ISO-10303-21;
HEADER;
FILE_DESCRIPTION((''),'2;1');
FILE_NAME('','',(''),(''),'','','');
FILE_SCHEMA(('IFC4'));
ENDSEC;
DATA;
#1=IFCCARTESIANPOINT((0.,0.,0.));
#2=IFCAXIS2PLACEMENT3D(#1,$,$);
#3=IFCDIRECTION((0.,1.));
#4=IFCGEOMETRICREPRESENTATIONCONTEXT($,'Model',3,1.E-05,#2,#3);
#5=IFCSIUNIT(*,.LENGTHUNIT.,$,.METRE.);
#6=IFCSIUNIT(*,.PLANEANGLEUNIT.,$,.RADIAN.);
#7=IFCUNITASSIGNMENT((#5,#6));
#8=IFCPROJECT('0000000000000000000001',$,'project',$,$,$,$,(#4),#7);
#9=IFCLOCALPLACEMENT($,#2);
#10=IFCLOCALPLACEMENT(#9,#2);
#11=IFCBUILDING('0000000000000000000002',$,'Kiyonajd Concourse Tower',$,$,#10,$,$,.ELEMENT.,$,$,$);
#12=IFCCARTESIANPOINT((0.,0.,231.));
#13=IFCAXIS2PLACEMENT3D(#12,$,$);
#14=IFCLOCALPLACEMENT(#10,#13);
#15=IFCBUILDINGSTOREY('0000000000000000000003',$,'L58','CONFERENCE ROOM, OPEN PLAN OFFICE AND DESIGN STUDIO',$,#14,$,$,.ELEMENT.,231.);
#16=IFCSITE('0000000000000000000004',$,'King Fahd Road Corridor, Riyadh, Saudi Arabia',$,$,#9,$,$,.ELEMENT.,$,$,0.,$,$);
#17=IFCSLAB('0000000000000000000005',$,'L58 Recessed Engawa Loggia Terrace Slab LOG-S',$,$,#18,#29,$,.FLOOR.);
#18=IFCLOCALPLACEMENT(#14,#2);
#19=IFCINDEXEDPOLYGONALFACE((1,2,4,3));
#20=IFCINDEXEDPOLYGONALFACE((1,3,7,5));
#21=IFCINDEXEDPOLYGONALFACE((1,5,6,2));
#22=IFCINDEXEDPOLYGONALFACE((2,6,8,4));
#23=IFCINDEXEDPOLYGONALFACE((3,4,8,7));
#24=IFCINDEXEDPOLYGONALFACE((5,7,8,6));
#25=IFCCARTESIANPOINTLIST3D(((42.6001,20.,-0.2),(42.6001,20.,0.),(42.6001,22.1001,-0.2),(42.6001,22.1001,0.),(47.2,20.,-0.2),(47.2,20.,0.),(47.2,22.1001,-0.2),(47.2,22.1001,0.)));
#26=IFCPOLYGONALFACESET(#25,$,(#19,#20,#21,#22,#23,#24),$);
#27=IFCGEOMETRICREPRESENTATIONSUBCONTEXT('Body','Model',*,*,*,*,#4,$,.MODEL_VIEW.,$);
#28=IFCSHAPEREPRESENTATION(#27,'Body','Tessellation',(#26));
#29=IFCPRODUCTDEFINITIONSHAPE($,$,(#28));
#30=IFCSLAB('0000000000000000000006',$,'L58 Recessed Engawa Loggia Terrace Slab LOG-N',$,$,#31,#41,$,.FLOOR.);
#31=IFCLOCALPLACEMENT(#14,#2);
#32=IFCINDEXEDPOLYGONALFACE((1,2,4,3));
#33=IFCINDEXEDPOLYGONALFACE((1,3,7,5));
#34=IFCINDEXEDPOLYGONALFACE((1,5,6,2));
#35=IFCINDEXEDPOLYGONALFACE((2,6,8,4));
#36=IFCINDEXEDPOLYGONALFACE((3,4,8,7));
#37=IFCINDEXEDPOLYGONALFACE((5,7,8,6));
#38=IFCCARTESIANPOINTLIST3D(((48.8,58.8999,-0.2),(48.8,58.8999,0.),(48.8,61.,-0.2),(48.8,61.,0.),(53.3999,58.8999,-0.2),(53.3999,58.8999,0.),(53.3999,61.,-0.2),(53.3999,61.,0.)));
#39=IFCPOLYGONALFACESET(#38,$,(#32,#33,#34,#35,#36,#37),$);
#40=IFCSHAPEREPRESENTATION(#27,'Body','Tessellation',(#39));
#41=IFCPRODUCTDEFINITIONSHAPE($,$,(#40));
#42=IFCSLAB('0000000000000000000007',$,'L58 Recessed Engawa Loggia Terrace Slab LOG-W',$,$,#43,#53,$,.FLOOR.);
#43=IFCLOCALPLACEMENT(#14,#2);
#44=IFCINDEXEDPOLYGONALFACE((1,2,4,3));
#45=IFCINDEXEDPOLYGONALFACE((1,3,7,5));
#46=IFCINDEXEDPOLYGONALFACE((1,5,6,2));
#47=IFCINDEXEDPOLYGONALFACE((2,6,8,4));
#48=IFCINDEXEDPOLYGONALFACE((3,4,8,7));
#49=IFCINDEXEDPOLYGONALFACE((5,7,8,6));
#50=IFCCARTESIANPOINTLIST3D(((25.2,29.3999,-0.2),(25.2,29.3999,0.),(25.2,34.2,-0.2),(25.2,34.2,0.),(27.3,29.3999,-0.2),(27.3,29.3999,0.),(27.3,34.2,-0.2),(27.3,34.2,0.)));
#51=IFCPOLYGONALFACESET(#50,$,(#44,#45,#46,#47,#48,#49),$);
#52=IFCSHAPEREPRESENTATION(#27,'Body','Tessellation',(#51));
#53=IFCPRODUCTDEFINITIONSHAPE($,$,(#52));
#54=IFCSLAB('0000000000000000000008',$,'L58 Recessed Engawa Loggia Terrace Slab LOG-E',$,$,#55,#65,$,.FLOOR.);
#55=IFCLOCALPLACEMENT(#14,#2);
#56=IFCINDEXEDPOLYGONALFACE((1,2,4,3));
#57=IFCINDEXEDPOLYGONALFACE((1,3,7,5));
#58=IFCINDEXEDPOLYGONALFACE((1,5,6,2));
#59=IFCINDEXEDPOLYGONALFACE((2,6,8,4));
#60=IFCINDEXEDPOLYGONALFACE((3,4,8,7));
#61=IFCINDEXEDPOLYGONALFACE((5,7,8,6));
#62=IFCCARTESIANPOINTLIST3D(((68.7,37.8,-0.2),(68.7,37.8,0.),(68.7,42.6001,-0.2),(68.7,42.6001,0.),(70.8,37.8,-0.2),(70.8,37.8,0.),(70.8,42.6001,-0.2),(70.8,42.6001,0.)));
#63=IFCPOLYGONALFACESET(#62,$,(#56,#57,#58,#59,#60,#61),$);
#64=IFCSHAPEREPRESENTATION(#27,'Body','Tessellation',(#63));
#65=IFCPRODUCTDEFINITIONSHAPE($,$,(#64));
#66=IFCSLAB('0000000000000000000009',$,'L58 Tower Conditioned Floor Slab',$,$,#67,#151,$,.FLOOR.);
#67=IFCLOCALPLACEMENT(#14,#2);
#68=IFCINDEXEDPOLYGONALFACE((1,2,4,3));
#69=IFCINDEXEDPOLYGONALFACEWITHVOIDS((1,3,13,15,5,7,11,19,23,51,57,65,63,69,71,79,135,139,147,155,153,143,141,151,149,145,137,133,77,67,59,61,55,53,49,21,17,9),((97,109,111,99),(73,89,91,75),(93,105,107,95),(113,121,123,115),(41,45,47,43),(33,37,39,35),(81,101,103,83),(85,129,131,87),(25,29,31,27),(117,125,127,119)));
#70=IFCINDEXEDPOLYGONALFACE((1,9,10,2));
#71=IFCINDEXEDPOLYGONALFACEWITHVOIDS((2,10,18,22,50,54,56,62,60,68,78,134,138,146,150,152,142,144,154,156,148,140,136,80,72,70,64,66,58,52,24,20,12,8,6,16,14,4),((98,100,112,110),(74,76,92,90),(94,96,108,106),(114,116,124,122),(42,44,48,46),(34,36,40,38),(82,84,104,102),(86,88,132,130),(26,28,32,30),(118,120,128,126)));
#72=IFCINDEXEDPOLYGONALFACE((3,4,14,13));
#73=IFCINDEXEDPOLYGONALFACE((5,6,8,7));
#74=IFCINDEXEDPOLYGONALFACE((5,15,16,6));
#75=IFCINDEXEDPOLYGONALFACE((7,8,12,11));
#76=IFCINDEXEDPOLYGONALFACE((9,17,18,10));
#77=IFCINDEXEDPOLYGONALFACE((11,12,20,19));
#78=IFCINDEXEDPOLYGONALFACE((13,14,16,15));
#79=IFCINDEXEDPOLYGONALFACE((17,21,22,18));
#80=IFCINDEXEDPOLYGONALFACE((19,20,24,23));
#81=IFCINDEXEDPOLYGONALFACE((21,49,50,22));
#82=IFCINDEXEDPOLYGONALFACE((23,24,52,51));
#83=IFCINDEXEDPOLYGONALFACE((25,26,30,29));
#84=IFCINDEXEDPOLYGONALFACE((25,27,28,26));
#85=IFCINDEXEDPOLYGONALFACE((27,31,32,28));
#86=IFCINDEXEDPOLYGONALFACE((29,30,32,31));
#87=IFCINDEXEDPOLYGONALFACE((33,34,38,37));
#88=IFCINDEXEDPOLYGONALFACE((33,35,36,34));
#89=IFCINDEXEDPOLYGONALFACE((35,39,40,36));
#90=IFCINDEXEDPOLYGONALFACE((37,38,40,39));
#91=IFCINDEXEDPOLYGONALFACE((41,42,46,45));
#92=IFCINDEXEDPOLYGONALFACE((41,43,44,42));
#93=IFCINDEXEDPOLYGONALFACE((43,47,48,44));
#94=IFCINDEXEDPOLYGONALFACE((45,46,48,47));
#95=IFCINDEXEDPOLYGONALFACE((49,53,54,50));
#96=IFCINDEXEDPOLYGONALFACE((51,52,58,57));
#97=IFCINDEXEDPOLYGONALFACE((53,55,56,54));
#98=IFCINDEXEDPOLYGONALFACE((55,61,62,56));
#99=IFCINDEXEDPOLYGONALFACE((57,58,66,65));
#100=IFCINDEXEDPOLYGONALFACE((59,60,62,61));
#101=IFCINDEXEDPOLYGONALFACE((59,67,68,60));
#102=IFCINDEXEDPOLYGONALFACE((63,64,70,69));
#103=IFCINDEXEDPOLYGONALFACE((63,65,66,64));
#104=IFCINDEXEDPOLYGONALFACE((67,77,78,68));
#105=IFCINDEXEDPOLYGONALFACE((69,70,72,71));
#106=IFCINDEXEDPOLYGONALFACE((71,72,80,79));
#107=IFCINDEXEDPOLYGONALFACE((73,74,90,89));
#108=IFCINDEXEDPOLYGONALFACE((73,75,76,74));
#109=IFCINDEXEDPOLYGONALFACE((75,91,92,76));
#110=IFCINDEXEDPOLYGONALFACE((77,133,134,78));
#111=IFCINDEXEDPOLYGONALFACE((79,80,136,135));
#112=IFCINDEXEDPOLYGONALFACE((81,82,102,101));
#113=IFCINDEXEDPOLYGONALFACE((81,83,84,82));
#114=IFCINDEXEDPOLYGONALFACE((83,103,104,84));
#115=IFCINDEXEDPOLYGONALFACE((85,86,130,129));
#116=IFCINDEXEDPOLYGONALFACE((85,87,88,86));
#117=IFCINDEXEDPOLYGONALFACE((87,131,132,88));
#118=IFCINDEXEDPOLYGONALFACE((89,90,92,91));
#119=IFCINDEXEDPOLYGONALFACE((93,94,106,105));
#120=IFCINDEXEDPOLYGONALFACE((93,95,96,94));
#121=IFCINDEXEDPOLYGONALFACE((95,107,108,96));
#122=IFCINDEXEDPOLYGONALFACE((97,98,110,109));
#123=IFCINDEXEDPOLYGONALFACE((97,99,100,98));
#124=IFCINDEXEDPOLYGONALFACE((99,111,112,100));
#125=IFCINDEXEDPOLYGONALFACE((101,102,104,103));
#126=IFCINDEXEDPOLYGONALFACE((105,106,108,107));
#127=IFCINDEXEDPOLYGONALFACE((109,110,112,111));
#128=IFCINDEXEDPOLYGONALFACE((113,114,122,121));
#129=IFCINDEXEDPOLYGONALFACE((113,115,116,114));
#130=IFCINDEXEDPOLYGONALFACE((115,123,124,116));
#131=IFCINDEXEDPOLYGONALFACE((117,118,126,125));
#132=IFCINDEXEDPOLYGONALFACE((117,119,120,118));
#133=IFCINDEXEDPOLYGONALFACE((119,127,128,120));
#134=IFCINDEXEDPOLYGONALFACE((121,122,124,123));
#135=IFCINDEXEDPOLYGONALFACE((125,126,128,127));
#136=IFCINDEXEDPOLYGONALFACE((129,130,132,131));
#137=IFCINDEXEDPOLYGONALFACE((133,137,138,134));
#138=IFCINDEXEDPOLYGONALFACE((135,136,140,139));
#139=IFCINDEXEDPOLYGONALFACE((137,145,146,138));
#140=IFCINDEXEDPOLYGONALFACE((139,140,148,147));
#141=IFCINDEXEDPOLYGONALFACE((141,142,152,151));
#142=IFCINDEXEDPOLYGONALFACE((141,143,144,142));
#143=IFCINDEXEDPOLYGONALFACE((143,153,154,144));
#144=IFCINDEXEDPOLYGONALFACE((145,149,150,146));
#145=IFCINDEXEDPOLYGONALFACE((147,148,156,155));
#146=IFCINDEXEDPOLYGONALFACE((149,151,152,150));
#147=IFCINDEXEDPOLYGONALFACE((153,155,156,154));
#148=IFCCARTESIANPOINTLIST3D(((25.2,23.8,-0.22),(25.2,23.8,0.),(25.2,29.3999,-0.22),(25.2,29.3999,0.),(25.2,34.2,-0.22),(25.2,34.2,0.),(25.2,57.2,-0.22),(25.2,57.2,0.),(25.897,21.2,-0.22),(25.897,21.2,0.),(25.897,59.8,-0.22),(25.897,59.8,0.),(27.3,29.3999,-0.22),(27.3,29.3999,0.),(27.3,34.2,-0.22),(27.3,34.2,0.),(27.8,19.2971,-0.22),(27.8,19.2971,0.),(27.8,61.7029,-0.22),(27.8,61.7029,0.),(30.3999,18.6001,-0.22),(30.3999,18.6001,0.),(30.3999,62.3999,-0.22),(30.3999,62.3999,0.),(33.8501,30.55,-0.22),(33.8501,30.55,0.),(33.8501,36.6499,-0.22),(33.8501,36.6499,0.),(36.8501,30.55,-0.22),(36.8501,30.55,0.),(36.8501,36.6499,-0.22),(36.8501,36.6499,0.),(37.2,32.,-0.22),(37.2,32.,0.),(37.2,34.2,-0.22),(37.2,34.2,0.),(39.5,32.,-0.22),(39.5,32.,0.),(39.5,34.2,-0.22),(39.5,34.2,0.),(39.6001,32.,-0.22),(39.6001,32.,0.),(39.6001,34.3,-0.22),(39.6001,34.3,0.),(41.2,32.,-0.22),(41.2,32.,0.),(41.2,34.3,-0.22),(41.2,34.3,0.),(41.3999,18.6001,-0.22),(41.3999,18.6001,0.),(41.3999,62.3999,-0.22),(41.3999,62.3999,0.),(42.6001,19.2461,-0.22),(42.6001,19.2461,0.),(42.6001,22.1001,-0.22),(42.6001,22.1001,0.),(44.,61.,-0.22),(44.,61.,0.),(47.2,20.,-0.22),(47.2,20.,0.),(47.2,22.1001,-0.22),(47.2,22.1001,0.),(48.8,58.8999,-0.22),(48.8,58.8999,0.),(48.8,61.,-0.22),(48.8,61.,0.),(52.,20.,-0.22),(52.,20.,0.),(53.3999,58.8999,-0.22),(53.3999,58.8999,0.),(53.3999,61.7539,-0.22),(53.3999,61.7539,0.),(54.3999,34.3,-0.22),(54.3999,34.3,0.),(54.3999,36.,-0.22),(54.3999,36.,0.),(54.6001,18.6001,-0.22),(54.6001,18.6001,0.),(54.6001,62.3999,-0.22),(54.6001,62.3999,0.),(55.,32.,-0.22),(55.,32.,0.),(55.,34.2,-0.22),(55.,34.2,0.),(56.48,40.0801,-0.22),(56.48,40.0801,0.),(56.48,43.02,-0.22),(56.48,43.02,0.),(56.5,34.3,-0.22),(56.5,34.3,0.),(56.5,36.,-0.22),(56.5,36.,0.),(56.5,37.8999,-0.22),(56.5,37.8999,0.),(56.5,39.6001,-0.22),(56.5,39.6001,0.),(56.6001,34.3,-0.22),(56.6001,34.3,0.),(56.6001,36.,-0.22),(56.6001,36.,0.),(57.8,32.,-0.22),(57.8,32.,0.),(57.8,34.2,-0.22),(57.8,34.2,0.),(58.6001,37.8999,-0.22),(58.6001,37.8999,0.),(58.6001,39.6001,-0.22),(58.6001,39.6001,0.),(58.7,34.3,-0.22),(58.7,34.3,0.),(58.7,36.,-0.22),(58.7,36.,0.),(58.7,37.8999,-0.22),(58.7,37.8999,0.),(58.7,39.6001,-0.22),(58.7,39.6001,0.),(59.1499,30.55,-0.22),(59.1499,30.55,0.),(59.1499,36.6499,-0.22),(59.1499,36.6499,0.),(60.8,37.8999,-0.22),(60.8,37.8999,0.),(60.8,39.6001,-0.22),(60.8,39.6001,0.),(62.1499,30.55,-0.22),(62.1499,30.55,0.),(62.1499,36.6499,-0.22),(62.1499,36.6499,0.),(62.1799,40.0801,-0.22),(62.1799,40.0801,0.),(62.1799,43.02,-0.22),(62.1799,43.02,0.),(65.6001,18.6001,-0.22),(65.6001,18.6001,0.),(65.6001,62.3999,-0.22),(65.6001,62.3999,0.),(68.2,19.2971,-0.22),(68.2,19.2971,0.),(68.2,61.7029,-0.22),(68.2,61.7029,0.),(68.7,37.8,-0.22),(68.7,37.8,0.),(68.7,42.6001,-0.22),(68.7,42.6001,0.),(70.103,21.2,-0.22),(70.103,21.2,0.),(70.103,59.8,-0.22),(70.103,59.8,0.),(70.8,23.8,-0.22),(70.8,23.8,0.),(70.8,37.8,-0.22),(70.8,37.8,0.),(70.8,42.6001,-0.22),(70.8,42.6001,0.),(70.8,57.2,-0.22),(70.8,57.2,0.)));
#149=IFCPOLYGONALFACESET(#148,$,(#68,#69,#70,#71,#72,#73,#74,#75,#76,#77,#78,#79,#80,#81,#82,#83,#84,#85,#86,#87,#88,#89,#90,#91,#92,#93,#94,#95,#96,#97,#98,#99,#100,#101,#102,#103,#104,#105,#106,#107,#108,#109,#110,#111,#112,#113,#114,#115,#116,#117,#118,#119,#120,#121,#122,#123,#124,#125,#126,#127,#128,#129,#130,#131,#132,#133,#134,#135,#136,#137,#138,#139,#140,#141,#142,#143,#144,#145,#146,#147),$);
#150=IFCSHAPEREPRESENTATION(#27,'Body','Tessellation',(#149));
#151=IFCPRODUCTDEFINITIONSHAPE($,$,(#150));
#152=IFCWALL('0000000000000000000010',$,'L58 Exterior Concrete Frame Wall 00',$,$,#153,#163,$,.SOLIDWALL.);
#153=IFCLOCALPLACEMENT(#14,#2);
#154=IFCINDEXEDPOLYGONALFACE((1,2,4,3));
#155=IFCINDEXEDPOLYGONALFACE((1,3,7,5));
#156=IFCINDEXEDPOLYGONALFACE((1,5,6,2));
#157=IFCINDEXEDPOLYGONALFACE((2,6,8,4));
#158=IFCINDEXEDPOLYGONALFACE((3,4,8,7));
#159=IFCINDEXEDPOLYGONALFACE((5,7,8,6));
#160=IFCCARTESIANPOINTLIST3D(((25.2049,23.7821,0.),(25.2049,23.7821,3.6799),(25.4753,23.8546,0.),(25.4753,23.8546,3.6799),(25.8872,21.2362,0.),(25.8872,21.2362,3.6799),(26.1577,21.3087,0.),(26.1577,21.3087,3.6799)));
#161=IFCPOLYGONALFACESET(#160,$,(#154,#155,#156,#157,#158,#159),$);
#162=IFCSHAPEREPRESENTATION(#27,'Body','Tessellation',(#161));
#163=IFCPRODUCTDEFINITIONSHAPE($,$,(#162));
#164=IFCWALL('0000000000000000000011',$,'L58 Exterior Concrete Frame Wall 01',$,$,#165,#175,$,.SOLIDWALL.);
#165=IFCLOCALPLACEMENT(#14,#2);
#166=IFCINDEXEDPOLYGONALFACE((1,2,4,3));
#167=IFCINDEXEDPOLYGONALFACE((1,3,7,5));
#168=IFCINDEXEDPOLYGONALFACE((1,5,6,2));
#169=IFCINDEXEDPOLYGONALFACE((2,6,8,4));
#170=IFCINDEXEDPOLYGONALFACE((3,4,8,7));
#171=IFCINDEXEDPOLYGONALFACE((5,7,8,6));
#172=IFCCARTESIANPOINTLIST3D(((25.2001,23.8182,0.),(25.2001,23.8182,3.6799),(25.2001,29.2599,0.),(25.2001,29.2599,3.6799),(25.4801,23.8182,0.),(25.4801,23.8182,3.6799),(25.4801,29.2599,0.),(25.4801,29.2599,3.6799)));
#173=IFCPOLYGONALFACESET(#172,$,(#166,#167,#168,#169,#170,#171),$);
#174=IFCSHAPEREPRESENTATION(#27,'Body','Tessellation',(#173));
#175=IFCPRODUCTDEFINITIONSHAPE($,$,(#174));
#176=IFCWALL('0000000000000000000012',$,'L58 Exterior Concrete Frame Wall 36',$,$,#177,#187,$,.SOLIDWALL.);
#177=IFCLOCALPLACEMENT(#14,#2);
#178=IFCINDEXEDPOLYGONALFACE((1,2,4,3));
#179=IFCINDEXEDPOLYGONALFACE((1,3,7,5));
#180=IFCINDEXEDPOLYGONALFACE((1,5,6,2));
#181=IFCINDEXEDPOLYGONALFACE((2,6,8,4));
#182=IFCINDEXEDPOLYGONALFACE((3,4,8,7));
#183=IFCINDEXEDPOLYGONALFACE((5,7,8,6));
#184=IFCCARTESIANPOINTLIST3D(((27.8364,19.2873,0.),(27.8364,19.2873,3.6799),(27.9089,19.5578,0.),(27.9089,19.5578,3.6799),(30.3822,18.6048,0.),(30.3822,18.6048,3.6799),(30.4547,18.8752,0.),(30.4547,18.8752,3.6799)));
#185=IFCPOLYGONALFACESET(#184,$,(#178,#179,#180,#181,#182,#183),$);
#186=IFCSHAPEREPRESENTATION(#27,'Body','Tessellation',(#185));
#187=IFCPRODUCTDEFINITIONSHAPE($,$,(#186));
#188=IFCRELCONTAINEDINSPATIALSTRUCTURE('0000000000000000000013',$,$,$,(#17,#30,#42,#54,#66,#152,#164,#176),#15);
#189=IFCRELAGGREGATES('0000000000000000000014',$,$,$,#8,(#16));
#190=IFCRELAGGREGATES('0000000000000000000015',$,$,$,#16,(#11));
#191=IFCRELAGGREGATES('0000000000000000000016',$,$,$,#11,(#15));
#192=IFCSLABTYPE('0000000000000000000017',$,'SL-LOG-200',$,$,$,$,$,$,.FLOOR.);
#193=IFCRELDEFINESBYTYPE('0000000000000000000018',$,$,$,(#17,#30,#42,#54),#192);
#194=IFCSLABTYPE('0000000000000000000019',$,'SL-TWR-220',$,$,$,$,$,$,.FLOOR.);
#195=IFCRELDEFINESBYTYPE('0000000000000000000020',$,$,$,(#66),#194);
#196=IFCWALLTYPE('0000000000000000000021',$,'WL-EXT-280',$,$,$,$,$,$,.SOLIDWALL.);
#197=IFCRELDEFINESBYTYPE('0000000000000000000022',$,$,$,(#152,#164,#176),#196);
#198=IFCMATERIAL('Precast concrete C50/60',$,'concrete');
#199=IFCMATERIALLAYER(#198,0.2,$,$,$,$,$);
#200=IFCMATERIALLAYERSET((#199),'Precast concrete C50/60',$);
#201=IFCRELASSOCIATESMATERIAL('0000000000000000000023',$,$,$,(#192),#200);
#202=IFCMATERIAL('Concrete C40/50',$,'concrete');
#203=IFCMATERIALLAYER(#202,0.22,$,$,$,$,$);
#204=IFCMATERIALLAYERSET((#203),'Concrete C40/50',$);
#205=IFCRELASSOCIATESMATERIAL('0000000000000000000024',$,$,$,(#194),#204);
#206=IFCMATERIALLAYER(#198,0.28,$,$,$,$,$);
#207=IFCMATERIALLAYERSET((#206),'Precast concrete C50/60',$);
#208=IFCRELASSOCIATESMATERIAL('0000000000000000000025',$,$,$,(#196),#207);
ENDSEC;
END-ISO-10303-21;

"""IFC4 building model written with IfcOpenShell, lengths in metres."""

from ifc_helpers import new_model, si_unit, direction, frame, frame_2d, origin, place, context, subcontext, project, spatial, polyline, rectangle, outline, extrude, material, layer, layer_set, type_object, element, save


model = new_model("IFC4")

# Units and contexts
model_context = context("Model", 3, precision=1e-05, world=origin(), true_north=direction((0.0, 1.0)))
body_context = subcontext(model_context, "Body", "Model", "MODEL_VIEW")
ifc_project = project(units=[si_unit("LENGTHUNIT", "METRE"), si_unit("PLANEANGLEUNIT", "RADIAN")], contexts=[model_context])

# Site, building, storey
site_placement = place(None, origin())
site = spatial("IfcSite", under=ifc_project, at=site_placement, Name="King Fahd Road Corridor, Riyadh, Saudi Arabia", CompositionType="ELEMENT", RefElevation=0.0)
building_placement = place(site_placement, origin())
building = spatial("IfcBuilding", under=site, at=building_placement, Name="Kiyonajd Concourse Tower", CompositionType="ELEMENT")
storey_placement = place(building_placement, frame((0.0, 0.0, 231.0)))
storey = spatial("IfcBuildingStorey", under=building, at=storey_placement, Name="L58", Description="CONFERENCE ROOM, OPEN PLAN OFFICE AND DESIGN STUDIO", CompositionType="ELEMENT", Elevation=231.0)

# Shared definitions
ifc_material_1 = material(Name="Concrete C40/50", Category="concrete")

# Slabs
ifc_material_2 = material(Name="Precast concrete C50/60", Category="concrete")
ifc_layer_1 = layer(ifc_material_2, 0.2)
ifc_layer_set_1 = layer_set([ifc_layer_1], Name="Precast concrete C50/60")
slab_type_1 = type_object("IfcSlabType", Name="SL-LOG-200", PredefinedType="FLOOR", material=ifc_layer_set_1)
slab_1_placement = place(storey_placement, frame((0.0, 0.0, -0.2)))
element("IfcSlab", 1, at=slab_1_placement, inside=storey, type_object=slab_type_1, Name="L58 Recessed Engawa Loggia Terrace Slab LOG-S", PredefinedType="FLOOR", context=body_context, shape_type="SweptSolid", body=[
    extrude(outline(polyline([(42.6001, 20.0), (47.2, 20.0), (47.2, 22.1001), (42.6001, 22.1001), (42.6001, 20.0)])), origin(), (0.0, 0.0, 1.0), 0.2),
])
slab_2_placement = place(storey_placement, frame((0.0, 0.0, -0.2)))
element("IfcSlab", 2, at=slab_2_placement, inside=storey, type_object=slab_type_1, Name="L58 Recessed Engawa Loggia Terrace Slab LOG-N", PredefinedType="FLOOR", context=body_context, shape_type="SweptSolid", body=[
    extrude(outline(polyline([(48.8, 58.8999), (53.3999, 58.8999), (53.3999, 61.0), (48.8, 61.0), (48.8, 58.8999)])), origin(), (0.0, 0.0, 1.0), 0.2),
])
slab_3_placement = place(storey_placement, frame((0.0, 0.0, -0.2)))
element("IfcSlab", 3, at=slab_3_placement, inside=storey, type_object=slab_type_1, Name="L58 Recessed Engawa Loggia Terrace Slab LOG-W", PredefinedType="FLOOR", context=body_context, shape_type="SweptSolid", body=[
    extrude(outline(polyline([(25.2, 29.3999), (27.3, 29.3999), (27.3, 34.2), (25.2, 34.2), (25.2, 29.3999)])), origin(), (0.0, 0.0, 1.0), 0.2),
])
slab_4_placement = place(storey_placement, frame((0.0, 0.0, -0.2)))
element("IfcSlab", 4, at=slab_4_placement, inside=storey, type_object=slab_type_1, Name="L58 Recessed Engawa Loggia Terrace Slab LOG-E", PredefinedType="FLOOR", context=body_context, shape_type="SweptSolid", body=[
    extrude(outline(polyline([(68.7, 37.8), (70.8, 37.8), (70.8, 42.6001), (68.7, 42.6001), (68.7, 37.8)])), origin(), (0.0, 0.0, 1.0), 0.2),
])
ifc_layer_2 = layer(ifc_material_1, 0.22)
ifc_layer_set_2 = layer_set([ifc_layer_2], Name="Concrete C40/50")
slab_type_2 = type_object("IfcSlabType", Name="SL-TWR-220", PredefinedType="FLOOR", material=ifc_layer_set_2)
slab_5_placement = place(storey_placement, frame((0.0, 0.0, -0.22)))
element("IfcSlab", 5, at=slab_5_placement, inside=storey, type_object=slab_type_2, Name="L58 Tower Conditioned Floor Slab", PredefinedType="FLOOR", context=body_context, shape_type="SweptSolid", body=[
    extrude(outline(polyline([(25.897, 21.2), (25.2, 23.8), (25.2, 29.3999), (27.3, 29.3999), (27.3, 34.2), (25.2, 34.2), (25.2, 57.2), (25.897, 59.8), (27.8, 61.7029), (30.3999, 62.3999), (41.3999, 62.3999), (44.0, 61.0), (48.8, 61.0), (48.8, 58.8999), (53.3999, 58.8999), (53.3999, 61.7539), (54.6001, 62.3999), (65.6001, 62.3999), (68.2, 61.7029), (70.103, 59.8), (70.8, 57.2), (70.8, 42.6001), (68.7, 42.6001), (68.7, 37.8), (70.8, 37.8), (70.8, 23.8), (70.103, 21.2), (68.2, 19.2971), (65.6001, 18.6001), (54.6001, 18.6001), (52.0, 20.0), (47.2, 20.0), (47.2, 22.1001), (42.6001, 22.1001), (42.6001, 19.2461), (41.3999, 18.6001), (30.3999, 18.6001), (27.8, 19.2971), (25.897, 21.2)]), holes=[polyline([(39.5, 32.0), (37.2, 32.0), (37.2, 34.2), (39.5, 34.2), (39.5, 32.0)]), polyline([(57.8, 32.0), (55.0, 32.0), (55.0, 34.2), (57.8, 34.2), (57.8, 32.0)]), polyline([(41.2, 32.0), (39.6001, 32.0), (39.6001, 34.3), (41.2, 34.3), (41.2, 32.0)]), polyline([(33.8501, 30.55), (33.8501, 36.6499), (36.8501, 36.6499), (36.8501, 30.55), (33.8501, 30.55)]), polyline([(59.1499, 30.55), (59.1499, 36.6499), (62.1499, 36.6499), (62.1499, 30.55), (59.1499, 30.55)]), polyline([(56.5, 34.3), (54.3999, 34.3), (54.3999, 36.0), (56.5, 36.0), (56.5, 34.3)]), polyline([(58.7, 34.3), (56.6001, 34.3), (56.6001, 36.0), (58.7, 36.0), (58.7, 34.3)]), polyline([(58.6001, 37.8999), (56.5, 37.8999), (56.5, 39.6001), (58.6001, 39.6001), (58.6001, 37.8999)]), polyline([(58.7, 37.8999), (58.7, 39.6001), (60.8, 39.6001), (60.8, 37.8999), (58.7, 37.8999)]), polyline([(56.48, 43.02), (62.1799, 43.02), (62.1799, 40.0801), (56.48, 40.0801), (56.48, 43.02)])]), origin(), (0.0, 0.0, 1.0), 0.22),
])

# Walls
ifc_layer_3 = layer(ifc_material_2, 0.28)
ifc_layer_set_3 = layer_set([ifc_layer_3], Name="Precast concrete C50/60")
wall_type_1 = type_object("IfcWallType", Name="WL-EXT-280", PredefinedType="SOLIDWALL", material=ifc_layer_set_3)
wall_1_placement = place(storey_placement, frame((26.0225, 21.2725, 0.0), z_axis=(0.0, 0.0, 1.0), x_axis=(-0.25889, 0.965907, 0.0)))
element("IfcWall", 6, at=wall_1_placement, inside=storey, type_object=wall_type_1, Name="L58 Exterior Concrete Frame Wall 00", PredefinedType="SOLIDWALL", context=body_context, shape_type="SweptSolid", body=[
    extrude(rectangle(XDim=2.6357, YDim=0.28, at=frame_2d((1.3179, 0.0))), origin(), (0.0, 0.0, 1.0), 3.6799),
])
wall_2_placement = place(storey_placement, frame((25.3401, 23.8184, 0.0), z_axis=(0.0, 0.0, 1.0), x_axis=(0.0, 1.0, 0.0)))
element("IfcWall", 7, at=wall_2_placement, inside=storey, type_object=wall_type_1, Name="L58 Exterior Concrete Frame Wall 01", PredefinedType="SOLIDWALL", context=body_context, shape_type="SweptSolid", body=[
    extrude(rectangle(XDim=5.4417, YDim=0.28, at=frame_2d((2.7207, 0.0))), origin(), (0.0, 0.0, 1.0), 3.6799),
])
wall_3_placement = place(storey_placement, frame((30.4185, 18.74, 0.0), z_axis=(0.0, 0.0, 1.0), x_axis=(-0.965884, 0.258977, 0.0)))
element("IfcWall", 8, at=wall_3_placement, inside=storey, type_object=wall_type_1, Name="L58 Exterior Concrete Frame Wall 36", PredefinedType="SOLIDWALL", context=body_context, shape_type="SweptSolid", body=[
    extrude(rectangle(XDim=2.6357, YDim=0.28, at=frame_2d((1.3179, 0.0))), origin(), (0.0, 0.0, 1.0), 3.6799),
])

save(model, "model.ifc")
